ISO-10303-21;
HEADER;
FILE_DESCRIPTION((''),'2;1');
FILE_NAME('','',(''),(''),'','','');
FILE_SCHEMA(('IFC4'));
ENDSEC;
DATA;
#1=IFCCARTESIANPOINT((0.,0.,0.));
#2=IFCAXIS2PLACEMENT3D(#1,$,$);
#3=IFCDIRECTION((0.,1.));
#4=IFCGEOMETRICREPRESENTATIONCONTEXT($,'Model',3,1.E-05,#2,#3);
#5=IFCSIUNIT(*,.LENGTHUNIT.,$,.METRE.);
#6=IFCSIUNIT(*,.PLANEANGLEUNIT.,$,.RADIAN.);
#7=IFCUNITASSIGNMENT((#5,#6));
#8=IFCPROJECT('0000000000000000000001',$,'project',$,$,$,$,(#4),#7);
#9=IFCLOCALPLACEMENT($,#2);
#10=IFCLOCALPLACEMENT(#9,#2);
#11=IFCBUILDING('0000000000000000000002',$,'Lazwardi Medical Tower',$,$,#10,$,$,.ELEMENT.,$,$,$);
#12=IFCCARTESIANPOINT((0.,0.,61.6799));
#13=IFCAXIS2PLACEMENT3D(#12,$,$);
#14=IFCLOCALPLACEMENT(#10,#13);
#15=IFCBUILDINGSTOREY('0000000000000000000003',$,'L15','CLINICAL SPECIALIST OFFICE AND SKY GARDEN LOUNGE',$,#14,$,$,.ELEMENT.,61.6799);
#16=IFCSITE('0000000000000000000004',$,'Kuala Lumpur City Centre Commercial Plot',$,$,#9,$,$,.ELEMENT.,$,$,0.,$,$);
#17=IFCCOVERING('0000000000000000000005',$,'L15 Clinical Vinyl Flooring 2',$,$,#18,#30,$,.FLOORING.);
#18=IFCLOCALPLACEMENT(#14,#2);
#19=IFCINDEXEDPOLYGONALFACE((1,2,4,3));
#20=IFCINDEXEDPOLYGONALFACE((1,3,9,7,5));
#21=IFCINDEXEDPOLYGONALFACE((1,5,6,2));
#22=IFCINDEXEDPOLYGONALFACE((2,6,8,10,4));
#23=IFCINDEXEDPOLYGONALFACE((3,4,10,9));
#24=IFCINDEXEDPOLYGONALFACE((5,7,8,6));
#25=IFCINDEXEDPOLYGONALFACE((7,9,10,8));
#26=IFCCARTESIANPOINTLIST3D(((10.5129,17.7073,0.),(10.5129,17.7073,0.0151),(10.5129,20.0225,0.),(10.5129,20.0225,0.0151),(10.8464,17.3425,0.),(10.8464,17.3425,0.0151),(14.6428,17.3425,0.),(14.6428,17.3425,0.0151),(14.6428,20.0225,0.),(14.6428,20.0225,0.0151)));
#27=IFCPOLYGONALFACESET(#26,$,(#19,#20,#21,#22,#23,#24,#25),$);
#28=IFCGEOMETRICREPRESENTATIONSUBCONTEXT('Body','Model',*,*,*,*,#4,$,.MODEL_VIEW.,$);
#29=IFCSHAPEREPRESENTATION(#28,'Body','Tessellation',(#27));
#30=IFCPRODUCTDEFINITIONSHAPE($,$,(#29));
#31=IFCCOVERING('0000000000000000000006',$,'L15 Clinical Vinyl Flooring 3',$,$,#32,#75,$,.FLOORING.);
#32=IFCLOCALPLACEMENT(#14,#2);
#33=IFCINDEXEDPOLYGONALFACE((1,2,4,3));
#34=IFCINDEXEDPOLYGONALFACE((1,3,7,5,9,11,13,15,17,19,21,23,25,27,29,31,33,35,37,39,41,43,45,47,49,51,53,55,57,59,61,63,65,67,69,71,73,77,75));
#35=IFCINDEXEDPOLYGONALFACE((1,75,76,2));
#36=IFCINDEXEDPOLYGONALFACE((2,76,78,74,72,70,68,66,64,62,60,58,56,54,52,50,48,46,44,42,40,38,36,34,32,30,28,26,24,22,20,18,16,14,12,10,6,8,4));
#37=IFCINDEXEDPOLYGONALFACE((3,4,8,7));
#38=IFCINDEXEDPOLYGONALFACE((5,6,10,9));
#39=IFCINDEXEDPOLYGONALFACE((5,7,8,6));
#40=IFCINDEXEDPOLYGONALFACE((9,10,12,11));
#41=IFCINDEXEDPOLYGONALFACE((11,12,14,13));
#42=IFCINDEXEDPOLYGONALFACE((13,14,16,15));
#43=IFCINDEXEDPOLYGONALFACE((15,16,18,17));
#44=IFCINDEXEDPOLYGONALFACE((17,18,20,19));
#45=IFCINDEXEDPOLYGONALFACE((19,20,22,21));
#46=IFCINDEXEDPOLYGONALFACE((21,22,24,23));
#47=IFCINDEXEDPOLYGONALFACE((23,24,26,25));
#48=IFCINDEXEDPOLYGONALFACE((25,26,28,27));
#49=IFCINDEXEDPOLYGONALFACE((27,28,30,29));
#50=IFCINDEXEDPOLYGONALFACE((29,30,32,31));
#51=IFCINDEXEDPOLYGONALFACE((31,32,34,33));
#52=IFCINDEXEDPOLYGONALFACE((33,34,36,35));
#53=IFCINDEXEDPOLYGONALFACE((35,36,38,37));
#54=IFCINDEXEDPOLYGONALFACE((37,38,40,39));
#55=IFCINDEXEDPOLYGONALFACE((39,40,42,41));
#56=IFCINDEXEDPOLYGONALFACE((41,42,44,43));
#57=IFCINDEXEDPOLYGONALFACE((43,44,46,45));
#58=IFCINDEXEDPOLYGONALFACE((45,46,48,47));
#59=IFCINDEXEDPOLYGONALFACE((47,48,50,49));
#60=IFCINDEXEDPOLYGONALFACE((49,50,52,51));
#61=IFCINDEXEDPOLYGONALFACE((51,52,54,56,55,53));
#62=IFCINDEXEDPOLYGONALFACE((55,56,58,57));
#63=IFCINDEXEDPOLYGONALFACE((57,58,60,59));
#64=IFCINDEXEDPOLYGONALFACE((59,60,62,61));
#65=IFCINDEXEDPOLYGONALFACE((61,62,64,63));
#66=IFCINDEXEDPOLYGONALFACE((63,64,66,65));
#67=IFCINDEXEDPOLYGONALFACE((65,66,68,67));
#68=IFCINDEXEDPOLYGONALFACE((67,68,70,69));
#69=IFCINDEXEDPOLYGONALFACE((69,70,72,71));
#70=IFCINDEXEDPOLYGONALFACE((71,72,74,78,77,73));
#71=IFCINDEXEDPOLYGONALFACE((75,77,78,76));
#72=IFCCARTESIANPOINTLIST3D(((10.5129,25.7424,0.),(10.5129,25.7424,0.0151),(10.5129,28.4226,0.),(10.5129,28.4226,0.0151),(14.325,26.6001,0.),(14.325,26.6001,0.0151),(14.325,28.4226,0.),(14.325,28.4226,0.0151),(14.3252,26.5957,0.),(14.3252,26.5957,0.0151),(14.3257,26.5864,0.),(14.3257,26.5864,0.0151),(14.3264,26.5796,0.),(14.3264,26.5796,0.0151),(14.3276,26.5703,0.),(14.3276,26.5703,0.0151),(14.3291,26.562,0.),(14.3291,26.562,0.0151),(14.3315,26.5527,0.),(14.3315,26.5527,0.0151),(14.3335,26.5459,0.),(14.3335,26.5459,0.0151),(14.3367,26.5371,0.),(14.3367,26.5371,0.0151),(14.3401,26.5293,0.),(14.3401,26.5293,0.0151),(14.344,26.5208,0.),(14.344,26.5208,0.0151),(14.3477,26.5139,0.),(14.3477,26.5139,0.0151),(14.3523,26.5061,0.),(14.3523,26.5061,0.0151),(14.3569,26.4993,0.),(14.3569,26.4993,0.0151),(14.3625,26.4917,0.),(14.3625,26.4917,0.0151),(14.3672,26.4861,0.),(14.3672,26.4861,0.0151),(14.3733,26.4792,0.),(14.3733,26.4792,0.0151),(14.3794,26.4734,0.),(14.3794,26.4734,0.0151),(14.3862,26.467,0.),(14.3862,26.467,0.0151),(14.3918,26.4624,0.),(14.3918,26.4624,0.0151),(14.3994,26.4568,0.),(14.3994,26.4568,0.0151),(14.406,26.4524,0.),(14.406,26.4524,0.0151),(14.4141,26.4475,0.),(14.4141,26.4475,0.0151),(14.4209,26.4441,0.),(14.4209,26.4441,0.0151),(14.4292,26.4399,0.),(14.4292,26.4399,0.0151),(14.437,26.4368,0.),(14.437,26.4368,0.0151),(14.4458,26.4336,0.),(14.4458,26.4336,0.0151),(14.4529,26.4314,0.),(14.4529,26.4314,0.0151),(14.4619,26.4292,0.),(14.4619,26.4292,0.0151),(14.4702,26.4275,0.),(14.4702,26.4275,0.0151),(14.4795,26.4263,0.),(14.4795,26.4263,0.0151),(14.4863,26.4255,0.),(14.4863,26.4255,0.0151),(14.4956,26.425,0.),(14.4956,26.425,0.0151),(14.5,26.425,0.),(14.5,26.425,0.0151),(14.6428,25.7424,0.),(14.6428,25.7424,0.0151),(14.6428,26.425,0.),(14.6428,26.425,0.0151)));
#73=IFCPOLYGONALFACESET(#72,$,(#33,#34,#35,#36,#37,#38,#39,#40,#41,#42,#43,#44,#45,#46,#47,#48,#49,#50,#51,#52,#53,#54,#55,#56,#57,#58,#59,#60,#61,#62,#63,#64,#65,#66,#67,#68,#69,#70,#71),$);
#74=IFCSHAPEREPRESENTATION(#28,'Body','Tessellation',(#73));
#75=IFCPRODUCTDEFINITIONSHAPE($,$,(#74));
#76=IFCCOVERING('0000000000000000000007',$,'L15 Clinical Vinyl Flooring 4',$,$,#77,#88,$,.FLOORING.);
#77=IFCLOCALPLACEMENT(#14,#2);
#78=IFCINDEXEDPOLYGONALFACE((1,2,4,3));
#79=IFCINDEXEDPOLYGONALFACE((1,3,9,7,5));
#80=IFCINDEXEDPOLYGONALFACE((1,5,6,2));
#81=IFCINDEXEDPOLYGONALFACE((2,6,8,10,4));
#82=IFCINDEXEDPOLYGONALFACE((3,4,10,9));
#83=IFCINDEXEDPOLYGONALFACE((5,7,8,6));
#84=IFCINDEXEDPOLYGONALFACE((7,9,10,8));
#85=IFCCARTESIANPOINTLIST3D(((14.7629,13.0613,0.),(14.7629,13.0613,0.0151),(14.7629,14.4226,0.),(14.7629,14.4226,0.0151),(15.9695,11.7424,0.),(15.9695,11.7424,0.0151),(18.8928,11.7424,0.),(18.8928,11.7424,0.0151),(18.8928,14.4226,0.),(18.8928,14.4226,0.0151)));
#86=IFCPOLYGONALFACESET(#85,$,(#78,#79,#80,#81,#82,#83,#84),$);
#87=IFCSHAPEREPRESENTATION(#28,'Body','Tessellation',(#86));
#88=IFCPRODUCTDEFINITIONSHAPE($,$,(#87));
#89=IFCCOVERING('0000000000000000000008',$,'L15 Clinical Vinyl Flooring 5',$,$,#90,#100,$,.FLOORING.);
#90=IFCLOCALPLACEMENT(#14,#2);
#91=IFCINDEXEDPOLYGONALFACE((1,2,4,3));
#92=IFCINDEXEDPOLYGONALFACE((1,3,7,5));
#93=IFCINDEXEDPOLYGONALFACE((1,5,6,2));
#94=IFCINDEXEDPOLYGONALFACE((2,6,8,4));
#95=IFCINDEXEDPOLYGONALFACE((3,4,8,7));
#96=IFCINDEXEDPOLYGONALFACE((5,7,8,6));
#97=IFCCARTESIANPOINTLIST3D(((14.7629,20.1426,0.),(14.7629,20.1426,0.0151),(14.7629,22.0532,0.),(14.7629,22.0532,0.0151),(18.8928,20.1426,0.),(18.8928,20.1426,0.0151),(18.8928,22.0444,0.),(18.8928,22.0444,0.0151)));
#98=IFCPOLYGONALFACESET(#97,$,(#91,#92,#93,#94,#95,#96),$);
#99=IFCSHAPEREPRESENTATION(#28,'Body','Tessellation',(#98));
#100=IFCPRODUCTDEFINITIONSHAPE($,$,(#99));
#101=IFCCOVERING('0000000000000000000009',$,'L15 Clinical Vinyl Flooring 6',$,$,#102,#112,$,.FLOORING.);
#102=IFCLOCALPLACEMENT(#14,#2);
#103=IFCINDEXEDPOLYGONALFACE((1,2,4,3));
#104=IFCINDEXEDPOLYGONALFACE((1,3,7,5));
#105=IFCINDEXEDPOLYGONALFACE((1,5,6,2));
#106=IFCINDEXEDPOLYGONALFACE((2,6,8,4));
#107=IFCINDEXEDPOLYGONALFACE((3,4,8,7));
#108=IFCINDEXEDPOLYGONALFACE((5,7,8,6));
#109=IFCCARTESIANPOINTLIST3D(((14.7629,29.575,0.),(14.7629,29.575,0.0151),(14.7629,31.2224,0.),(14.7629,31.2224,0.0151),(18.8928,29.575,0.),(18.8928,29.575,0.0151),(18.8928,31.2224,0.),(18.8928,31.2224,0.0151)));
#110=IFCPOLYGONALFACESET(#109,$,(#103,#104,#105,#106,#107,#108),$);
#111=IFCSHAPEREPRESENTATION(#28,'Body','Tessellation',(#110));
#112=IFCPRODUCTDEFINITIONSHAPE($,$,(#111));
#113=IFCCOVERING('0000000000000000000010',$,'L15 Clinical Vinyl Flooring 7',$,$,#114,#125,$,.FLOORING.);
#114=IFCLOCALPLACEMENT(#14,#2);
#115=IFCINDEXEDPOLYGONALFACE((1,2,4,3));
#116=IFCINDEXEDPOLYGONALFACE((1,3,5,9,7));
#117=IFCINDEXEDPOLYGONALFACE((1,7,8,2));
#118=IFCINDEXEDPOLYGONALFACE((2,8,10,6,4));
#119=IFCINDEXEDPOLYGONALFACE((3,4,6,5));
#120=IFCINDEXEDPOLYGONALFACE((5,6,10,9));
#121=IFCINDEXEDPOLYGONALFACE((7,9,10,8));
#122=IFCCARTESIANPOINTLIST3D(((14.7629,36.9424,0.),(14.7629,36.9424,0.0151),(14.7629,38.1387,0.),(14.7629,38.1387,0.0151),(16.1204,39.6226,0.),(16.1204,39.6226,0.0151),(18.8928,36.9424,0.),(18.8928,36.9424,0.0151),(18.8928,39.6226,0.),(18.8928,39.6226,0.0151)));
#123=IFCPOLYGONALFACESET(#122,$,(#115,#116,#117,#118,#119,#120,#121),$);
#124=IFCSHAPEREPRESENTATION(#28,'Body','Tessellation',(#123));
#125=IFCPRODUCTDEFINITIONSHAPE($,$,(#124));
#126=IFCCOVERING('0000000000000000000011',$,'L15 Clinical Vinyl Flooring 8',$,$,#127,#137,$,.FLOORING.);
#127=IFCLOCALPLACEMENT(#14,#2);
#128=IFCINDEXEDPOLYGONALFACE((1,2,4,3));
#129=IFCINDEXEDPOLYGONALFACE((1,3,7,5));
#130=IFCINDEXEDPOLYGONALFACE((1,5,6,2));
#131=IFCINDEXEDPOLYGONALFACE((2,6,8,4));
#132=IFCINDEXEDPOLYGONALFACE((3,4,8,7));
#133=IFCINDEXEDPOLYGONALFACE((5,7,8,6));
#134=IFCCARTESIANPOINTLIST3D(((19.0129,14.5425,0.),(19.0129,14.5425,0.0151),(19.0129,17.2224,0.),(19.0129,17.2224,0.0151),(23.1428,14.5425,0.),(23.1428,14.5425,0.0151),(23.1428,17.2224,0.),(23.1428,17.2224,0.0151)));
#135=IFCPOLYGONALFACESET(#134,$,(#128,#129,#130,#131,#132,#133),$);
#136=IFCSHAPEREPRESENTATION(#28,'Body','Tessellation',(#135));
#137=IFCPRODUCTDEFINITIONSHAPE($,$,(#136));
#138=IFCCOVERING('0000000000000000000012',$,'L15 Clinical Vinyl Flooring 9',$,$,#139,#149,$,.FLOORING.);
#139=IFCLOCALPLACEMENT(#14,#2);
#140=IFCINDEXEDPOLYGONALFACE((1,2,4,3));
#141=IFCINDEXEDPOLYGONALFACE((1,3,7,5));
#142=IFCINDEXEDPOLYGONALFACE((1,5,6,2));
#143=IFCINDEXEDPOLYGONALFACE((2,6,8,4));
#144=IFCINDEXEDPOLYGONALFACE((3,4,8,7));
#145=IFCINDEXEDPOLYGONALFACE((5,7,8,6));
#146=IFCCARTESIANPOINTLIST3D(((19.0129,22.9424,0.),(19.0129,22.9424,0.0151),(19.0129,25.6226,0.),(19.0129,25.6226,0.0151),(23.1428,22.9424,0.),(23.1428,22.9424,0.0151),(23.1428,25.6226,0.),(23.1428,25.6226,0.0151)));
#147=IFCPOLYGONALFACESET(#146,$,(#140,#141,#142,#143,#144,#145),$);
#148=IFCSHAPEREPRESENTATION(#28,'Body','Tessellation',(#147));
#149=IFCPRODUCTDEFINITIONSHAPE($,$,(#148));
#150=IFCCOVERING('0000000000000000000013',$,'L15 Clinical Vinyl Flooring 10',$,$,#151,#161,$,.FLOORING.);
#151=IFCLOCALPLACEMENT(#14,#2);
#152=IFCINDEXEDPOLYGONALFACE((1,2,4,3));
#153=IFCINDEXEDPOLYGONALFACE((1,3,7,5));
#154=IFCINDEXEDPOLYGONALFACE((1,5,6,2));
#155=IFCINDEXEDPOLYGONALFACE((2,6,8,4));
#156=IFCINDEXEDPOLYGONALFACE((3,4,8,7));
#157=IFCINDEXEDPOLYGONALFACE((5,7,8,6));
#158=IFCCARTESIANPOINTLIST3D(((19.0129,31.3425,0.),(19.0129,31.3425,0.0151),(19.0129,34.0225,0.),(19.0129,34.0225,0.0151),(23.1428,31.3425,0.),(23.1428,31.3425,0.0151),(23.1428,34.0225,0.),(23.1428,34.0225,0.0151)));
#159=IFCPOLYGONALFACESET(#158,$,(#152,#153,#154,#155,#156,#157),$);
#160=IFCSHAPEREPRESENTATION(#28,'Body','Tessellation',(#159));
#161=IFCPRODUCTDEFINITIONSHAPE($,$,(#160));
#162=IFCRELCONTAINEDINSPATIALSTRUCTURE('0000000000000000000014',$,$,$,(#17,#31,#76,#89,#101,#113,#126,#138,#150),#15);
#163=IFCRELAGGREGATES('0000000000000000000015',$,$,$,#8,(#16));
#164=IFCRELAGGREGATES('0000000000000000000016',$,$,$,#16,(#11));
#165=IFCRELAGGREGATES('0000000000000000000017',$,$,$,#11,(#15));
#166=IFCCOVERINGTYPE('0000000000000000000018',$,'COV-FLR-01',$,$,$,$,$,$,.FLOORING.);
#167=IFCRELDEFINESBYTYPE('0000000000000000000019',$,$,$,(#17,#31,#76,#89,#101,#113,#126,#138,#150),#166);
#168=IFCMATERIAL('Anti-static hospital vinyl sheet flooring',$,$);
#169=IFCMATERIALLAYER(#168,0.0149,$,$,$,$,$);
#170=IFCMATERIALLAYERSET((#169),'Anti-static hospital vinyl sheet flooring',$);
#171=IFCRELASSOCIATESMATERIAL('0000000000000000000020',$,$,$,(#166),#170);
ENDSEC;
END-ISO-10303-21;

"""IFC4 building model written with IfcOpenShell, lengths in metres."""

from ifc_helpers import new_model, si_unit, direction, frame, origin, place, context, subcontext, project, spatial, polyline, outline, extrude, material, layer, layer_set, type_object, element, save


model = new_model("IFC4")

# Units and contexts
model_context = context("Model", 3, precision=1e-05, world=origin(), true_north=direction((0.0, 1.0)))
body_context = subcontext(model_context, "Body", "Model", "MODEL_VIEW")
ifc_project = project(units=[si_unit("LENGTHUNIT", "METRE"), si_unit("PLANEANGLEUNIT", "RADIAN")], contexts=[model_context])

# Site, building, storey
site_placement = place(None, origin())
site = spatial("IfcSite", under=ifc_project, at=site_placement, Name="Kuala Lumpur City Centre Commercial Plot", CompositionType="ELEMENT", RefElevation=0.0)
building_placement = place(site_placement, origin())
building = spatial("IfcBuilding", under=site, at=building_placement, Name="Lazwardi Medical Tower", CompositionType="ELEMENT")
storey_placement = place(building_placement, frame((0.0, 0.0, 61.6799)))
storey = spatial("IfcBuildingStorey", under=building, at=storey_placement, Name="L15", Description="CLINICAL SPECIALIST OFFICE AND SKY GARDEN LOUNGE", CompositionType="ELEMENT", Elevation=61.6799)

# Coverings
ifc_material_1 = material(Name="Anti-static hospital vinyl sheet flooring")
ifc_layer_1 = layer(ifc_material_1, 0.0149)
ifc_layer_set_1 = layer_set([ifc_layer_1], Name="Anti-static hospital vinyl sheet flooring")
covering_type_1 = type_object("IfcCoveringType", Name="COV-FLR-01", PredefinedType="FLOORING", material=ifc_layer_set_1)
covering_1_placement = place(storey_placement, origin())
element("IfcCovering", 1, at=covering_1_placement, inside=storey, type_object=covering_type_1, Name="L15 Clinical Vinyl Flooring 2", PredefinedType="FLOORING", context=body_context, shape_type="SweptSolid", body=[
    extrude(outline(polyline([(10.5129, 17.7073), (10.8464, 17.3425), (14.6428, 17.3425), (14.6428, 20.0225), (10.5129, 20.0225), (10.5129, 17.7073)])), origin(), (0.0, 0.0, 1.0), 0.0151),
])
covering_2_placement = place(storey_placement, origin())
element("IfcCovering", 2, at=covering_2_placement, inside=storey, type_object=covering_type_1, Name="L15 Clinical Vinyl Flooring 3", PredefinedType="FLOORING", context=body_context, shape_type="SweptSolid", body=[
    extrude(outline(polyline([(14.6428, 26.425), (14.5, 26.425), (14.4956, 26.425), (14.4863, 26.4255), (14.4795, 26.4263), (14.4702, 26.4275), (14.4619, 26.4292), (14.4529, 26.4314), (14.4458, 26.4336), (14.437, 26.4368), (14.4292, 26.4399), (14.4209, 26.4441), (14.4141, 26.4475), (14.406, 26.4524), (14.3994, 26.4568), (14.3918, 26.4624), (14.3862, 26.467), (14.3794, 26.4734), (14.3733, 26.4792), (14.3672, 26.4861), (14.3625, 26.4917), (14.3569, 26.4993), (14.3523, 26.5061), (14.3477, 26.5139), (14.344, 26.5208), (14.3401, 26.5293), (14.3367, 26.5371), (14.3335, 26.5459), (14.3315, 26.5527), (14.3291, 26.562), (14.3276, 26.5703), (14.3264, 26.5796), (14.3257, 26.5864), (14.3252, 26.5957), (14.325, 26.6001), (14.325, 28.4226), (10.5129, 28.4226), (10.5129, 25.7424), (14.6428, 25.7424), (14.6428, 26.425)])), origin(), (0.0, 0.0, 1.0), 0.0151),
])
covering_3_placement = place(storey_placement, origin())
element("IfcCovering", 3, at=covering_3_placement, inside=storey, type_object=covering_type_1, Name="L15 Clinical Vinyl Flooring 4", PredefinedType="FLOORING", context=body_context, shape_type="SweptSolid", body=[
    extrude(outline(polyline([(14.7629, 13.0613), (15.9695, 11.7424), (18.8928, 11.7424), (18.8928, 14.4226), (14.7629, 14.4226), (14.7629, 13.0613)])), origin(), (0.0, 0.0, 1.0), 0.0151),
])
covering_4_placement = place(storey_placement, origin())
element("IfcCovering", 4, at=covering_4_placement, inside=storey, type_object=covering_type_1, Name="L15 Clinical Vinyl Flooring 5", PredefinedType="FLOORING", context=body_context, shape_type="SweptSolid", body=[
    extrude(outline(polyline([(18.8928, 22.0444), (14.7629, 22.0532), (14.7629, 20.1426), (18.8928, 20.1426), (18.8928, 22.0444)])), origin(), (0.0, 0.0, 1.0), 0.0151),
])
covering_5_placement = place(storey_placement, origin())
element("IfcCovering", 5, at=covering_5_placement, inside=storey, type_object=covering_type_1, Name="L15 Clinical Vinyl Flooring 6", PredefinedType="FLOORING", context=body_context, shape_type="SweptSolid", body=[
    extrude(outline(polyline([(14.7629, 29.575), (18.8928, 29.575), (18.8928, 31.2224), (14.7629, 31.2224), (14.7629, 29.575)])), origin(), (0.0, 0.0, 1.0), 0.0151),
])
covering_6_placement = place(storey_placement, origin())
element("IfcCovering", 6, at=covering_6_placement, inside=storey, type_object=covering_type_1, Name="L15 Clinical Vinyl Flooring 7", PredefinedType="FLOORING", context=body_context, shape_type="SweptSolid", body=[
    extrude(outline(polyline([(16.1204, 39.6226), (14.7629, 38.1387), (14.7629, 36.9424), (18.8928, 36.9424), (18.8928, 39.6226), (16.1204, 39.6226)])), origin(), (0.0, 0.0, 1.0), 0.0151),
])
covering_7_placement = place(storey_placement, origin())
element("IfcCovering", 7, at=covering_7_placement, inside=storey, type_object=covering_type_1, Name="L15 Clinical Vinyl Flooring 8", PredefinedType="FLOORING", context=body_context, shape_type="SweptSolid", body=[
    extrude(outline(polyline([(23.1428, 14.5425), (23.1428, 17.2224), (19.0129, 17.2224), (19.0129, 14.5425), (23.1428, 14.5425)])), origin(), (0.0, 0.0, 1.0), 0.0151),
])
covering_8_placement = place(storey_placement, origin())
element("IfcCovering", 8, at=covering_8_placement, inside=storey, type_object=covering_type_1, Name="L15 Clinical Vinyl Flooring 9", PredefinedType="FLOORING", context=body_context, shape_type="SweptSolid", body=[
    extrude(outline(polyline([(23.1428, 22.9424), (23.1428, 25.6226), (19.0129, 25.6226), (19.0129, 22.9424), (23.1428, 22.9424)])), origin(), (0.0, 0.0, 1.0), 0.0151),
])
covering_9_placement = place(storey_placement, origin())
element("IfcCovering", 9, at=covering_9_placement, inside=storey, type_object=covering_type_1, Name="L15 Clinical Vinyl Flooring 10", PredefinedType="FLOORING", context=body_context, shape_type="SweptSolid", body=[
    extrude(outline(polyline([(23.1428, 31.3425), (23.1428, 34.0225), (19.0129, 34.0225), (19.0129, 31.3425), (23.1428, 31.3425)])), origin(), (0.0, 0.0, 1.0), 0.0151),
])

save(model, "model.ifc")
